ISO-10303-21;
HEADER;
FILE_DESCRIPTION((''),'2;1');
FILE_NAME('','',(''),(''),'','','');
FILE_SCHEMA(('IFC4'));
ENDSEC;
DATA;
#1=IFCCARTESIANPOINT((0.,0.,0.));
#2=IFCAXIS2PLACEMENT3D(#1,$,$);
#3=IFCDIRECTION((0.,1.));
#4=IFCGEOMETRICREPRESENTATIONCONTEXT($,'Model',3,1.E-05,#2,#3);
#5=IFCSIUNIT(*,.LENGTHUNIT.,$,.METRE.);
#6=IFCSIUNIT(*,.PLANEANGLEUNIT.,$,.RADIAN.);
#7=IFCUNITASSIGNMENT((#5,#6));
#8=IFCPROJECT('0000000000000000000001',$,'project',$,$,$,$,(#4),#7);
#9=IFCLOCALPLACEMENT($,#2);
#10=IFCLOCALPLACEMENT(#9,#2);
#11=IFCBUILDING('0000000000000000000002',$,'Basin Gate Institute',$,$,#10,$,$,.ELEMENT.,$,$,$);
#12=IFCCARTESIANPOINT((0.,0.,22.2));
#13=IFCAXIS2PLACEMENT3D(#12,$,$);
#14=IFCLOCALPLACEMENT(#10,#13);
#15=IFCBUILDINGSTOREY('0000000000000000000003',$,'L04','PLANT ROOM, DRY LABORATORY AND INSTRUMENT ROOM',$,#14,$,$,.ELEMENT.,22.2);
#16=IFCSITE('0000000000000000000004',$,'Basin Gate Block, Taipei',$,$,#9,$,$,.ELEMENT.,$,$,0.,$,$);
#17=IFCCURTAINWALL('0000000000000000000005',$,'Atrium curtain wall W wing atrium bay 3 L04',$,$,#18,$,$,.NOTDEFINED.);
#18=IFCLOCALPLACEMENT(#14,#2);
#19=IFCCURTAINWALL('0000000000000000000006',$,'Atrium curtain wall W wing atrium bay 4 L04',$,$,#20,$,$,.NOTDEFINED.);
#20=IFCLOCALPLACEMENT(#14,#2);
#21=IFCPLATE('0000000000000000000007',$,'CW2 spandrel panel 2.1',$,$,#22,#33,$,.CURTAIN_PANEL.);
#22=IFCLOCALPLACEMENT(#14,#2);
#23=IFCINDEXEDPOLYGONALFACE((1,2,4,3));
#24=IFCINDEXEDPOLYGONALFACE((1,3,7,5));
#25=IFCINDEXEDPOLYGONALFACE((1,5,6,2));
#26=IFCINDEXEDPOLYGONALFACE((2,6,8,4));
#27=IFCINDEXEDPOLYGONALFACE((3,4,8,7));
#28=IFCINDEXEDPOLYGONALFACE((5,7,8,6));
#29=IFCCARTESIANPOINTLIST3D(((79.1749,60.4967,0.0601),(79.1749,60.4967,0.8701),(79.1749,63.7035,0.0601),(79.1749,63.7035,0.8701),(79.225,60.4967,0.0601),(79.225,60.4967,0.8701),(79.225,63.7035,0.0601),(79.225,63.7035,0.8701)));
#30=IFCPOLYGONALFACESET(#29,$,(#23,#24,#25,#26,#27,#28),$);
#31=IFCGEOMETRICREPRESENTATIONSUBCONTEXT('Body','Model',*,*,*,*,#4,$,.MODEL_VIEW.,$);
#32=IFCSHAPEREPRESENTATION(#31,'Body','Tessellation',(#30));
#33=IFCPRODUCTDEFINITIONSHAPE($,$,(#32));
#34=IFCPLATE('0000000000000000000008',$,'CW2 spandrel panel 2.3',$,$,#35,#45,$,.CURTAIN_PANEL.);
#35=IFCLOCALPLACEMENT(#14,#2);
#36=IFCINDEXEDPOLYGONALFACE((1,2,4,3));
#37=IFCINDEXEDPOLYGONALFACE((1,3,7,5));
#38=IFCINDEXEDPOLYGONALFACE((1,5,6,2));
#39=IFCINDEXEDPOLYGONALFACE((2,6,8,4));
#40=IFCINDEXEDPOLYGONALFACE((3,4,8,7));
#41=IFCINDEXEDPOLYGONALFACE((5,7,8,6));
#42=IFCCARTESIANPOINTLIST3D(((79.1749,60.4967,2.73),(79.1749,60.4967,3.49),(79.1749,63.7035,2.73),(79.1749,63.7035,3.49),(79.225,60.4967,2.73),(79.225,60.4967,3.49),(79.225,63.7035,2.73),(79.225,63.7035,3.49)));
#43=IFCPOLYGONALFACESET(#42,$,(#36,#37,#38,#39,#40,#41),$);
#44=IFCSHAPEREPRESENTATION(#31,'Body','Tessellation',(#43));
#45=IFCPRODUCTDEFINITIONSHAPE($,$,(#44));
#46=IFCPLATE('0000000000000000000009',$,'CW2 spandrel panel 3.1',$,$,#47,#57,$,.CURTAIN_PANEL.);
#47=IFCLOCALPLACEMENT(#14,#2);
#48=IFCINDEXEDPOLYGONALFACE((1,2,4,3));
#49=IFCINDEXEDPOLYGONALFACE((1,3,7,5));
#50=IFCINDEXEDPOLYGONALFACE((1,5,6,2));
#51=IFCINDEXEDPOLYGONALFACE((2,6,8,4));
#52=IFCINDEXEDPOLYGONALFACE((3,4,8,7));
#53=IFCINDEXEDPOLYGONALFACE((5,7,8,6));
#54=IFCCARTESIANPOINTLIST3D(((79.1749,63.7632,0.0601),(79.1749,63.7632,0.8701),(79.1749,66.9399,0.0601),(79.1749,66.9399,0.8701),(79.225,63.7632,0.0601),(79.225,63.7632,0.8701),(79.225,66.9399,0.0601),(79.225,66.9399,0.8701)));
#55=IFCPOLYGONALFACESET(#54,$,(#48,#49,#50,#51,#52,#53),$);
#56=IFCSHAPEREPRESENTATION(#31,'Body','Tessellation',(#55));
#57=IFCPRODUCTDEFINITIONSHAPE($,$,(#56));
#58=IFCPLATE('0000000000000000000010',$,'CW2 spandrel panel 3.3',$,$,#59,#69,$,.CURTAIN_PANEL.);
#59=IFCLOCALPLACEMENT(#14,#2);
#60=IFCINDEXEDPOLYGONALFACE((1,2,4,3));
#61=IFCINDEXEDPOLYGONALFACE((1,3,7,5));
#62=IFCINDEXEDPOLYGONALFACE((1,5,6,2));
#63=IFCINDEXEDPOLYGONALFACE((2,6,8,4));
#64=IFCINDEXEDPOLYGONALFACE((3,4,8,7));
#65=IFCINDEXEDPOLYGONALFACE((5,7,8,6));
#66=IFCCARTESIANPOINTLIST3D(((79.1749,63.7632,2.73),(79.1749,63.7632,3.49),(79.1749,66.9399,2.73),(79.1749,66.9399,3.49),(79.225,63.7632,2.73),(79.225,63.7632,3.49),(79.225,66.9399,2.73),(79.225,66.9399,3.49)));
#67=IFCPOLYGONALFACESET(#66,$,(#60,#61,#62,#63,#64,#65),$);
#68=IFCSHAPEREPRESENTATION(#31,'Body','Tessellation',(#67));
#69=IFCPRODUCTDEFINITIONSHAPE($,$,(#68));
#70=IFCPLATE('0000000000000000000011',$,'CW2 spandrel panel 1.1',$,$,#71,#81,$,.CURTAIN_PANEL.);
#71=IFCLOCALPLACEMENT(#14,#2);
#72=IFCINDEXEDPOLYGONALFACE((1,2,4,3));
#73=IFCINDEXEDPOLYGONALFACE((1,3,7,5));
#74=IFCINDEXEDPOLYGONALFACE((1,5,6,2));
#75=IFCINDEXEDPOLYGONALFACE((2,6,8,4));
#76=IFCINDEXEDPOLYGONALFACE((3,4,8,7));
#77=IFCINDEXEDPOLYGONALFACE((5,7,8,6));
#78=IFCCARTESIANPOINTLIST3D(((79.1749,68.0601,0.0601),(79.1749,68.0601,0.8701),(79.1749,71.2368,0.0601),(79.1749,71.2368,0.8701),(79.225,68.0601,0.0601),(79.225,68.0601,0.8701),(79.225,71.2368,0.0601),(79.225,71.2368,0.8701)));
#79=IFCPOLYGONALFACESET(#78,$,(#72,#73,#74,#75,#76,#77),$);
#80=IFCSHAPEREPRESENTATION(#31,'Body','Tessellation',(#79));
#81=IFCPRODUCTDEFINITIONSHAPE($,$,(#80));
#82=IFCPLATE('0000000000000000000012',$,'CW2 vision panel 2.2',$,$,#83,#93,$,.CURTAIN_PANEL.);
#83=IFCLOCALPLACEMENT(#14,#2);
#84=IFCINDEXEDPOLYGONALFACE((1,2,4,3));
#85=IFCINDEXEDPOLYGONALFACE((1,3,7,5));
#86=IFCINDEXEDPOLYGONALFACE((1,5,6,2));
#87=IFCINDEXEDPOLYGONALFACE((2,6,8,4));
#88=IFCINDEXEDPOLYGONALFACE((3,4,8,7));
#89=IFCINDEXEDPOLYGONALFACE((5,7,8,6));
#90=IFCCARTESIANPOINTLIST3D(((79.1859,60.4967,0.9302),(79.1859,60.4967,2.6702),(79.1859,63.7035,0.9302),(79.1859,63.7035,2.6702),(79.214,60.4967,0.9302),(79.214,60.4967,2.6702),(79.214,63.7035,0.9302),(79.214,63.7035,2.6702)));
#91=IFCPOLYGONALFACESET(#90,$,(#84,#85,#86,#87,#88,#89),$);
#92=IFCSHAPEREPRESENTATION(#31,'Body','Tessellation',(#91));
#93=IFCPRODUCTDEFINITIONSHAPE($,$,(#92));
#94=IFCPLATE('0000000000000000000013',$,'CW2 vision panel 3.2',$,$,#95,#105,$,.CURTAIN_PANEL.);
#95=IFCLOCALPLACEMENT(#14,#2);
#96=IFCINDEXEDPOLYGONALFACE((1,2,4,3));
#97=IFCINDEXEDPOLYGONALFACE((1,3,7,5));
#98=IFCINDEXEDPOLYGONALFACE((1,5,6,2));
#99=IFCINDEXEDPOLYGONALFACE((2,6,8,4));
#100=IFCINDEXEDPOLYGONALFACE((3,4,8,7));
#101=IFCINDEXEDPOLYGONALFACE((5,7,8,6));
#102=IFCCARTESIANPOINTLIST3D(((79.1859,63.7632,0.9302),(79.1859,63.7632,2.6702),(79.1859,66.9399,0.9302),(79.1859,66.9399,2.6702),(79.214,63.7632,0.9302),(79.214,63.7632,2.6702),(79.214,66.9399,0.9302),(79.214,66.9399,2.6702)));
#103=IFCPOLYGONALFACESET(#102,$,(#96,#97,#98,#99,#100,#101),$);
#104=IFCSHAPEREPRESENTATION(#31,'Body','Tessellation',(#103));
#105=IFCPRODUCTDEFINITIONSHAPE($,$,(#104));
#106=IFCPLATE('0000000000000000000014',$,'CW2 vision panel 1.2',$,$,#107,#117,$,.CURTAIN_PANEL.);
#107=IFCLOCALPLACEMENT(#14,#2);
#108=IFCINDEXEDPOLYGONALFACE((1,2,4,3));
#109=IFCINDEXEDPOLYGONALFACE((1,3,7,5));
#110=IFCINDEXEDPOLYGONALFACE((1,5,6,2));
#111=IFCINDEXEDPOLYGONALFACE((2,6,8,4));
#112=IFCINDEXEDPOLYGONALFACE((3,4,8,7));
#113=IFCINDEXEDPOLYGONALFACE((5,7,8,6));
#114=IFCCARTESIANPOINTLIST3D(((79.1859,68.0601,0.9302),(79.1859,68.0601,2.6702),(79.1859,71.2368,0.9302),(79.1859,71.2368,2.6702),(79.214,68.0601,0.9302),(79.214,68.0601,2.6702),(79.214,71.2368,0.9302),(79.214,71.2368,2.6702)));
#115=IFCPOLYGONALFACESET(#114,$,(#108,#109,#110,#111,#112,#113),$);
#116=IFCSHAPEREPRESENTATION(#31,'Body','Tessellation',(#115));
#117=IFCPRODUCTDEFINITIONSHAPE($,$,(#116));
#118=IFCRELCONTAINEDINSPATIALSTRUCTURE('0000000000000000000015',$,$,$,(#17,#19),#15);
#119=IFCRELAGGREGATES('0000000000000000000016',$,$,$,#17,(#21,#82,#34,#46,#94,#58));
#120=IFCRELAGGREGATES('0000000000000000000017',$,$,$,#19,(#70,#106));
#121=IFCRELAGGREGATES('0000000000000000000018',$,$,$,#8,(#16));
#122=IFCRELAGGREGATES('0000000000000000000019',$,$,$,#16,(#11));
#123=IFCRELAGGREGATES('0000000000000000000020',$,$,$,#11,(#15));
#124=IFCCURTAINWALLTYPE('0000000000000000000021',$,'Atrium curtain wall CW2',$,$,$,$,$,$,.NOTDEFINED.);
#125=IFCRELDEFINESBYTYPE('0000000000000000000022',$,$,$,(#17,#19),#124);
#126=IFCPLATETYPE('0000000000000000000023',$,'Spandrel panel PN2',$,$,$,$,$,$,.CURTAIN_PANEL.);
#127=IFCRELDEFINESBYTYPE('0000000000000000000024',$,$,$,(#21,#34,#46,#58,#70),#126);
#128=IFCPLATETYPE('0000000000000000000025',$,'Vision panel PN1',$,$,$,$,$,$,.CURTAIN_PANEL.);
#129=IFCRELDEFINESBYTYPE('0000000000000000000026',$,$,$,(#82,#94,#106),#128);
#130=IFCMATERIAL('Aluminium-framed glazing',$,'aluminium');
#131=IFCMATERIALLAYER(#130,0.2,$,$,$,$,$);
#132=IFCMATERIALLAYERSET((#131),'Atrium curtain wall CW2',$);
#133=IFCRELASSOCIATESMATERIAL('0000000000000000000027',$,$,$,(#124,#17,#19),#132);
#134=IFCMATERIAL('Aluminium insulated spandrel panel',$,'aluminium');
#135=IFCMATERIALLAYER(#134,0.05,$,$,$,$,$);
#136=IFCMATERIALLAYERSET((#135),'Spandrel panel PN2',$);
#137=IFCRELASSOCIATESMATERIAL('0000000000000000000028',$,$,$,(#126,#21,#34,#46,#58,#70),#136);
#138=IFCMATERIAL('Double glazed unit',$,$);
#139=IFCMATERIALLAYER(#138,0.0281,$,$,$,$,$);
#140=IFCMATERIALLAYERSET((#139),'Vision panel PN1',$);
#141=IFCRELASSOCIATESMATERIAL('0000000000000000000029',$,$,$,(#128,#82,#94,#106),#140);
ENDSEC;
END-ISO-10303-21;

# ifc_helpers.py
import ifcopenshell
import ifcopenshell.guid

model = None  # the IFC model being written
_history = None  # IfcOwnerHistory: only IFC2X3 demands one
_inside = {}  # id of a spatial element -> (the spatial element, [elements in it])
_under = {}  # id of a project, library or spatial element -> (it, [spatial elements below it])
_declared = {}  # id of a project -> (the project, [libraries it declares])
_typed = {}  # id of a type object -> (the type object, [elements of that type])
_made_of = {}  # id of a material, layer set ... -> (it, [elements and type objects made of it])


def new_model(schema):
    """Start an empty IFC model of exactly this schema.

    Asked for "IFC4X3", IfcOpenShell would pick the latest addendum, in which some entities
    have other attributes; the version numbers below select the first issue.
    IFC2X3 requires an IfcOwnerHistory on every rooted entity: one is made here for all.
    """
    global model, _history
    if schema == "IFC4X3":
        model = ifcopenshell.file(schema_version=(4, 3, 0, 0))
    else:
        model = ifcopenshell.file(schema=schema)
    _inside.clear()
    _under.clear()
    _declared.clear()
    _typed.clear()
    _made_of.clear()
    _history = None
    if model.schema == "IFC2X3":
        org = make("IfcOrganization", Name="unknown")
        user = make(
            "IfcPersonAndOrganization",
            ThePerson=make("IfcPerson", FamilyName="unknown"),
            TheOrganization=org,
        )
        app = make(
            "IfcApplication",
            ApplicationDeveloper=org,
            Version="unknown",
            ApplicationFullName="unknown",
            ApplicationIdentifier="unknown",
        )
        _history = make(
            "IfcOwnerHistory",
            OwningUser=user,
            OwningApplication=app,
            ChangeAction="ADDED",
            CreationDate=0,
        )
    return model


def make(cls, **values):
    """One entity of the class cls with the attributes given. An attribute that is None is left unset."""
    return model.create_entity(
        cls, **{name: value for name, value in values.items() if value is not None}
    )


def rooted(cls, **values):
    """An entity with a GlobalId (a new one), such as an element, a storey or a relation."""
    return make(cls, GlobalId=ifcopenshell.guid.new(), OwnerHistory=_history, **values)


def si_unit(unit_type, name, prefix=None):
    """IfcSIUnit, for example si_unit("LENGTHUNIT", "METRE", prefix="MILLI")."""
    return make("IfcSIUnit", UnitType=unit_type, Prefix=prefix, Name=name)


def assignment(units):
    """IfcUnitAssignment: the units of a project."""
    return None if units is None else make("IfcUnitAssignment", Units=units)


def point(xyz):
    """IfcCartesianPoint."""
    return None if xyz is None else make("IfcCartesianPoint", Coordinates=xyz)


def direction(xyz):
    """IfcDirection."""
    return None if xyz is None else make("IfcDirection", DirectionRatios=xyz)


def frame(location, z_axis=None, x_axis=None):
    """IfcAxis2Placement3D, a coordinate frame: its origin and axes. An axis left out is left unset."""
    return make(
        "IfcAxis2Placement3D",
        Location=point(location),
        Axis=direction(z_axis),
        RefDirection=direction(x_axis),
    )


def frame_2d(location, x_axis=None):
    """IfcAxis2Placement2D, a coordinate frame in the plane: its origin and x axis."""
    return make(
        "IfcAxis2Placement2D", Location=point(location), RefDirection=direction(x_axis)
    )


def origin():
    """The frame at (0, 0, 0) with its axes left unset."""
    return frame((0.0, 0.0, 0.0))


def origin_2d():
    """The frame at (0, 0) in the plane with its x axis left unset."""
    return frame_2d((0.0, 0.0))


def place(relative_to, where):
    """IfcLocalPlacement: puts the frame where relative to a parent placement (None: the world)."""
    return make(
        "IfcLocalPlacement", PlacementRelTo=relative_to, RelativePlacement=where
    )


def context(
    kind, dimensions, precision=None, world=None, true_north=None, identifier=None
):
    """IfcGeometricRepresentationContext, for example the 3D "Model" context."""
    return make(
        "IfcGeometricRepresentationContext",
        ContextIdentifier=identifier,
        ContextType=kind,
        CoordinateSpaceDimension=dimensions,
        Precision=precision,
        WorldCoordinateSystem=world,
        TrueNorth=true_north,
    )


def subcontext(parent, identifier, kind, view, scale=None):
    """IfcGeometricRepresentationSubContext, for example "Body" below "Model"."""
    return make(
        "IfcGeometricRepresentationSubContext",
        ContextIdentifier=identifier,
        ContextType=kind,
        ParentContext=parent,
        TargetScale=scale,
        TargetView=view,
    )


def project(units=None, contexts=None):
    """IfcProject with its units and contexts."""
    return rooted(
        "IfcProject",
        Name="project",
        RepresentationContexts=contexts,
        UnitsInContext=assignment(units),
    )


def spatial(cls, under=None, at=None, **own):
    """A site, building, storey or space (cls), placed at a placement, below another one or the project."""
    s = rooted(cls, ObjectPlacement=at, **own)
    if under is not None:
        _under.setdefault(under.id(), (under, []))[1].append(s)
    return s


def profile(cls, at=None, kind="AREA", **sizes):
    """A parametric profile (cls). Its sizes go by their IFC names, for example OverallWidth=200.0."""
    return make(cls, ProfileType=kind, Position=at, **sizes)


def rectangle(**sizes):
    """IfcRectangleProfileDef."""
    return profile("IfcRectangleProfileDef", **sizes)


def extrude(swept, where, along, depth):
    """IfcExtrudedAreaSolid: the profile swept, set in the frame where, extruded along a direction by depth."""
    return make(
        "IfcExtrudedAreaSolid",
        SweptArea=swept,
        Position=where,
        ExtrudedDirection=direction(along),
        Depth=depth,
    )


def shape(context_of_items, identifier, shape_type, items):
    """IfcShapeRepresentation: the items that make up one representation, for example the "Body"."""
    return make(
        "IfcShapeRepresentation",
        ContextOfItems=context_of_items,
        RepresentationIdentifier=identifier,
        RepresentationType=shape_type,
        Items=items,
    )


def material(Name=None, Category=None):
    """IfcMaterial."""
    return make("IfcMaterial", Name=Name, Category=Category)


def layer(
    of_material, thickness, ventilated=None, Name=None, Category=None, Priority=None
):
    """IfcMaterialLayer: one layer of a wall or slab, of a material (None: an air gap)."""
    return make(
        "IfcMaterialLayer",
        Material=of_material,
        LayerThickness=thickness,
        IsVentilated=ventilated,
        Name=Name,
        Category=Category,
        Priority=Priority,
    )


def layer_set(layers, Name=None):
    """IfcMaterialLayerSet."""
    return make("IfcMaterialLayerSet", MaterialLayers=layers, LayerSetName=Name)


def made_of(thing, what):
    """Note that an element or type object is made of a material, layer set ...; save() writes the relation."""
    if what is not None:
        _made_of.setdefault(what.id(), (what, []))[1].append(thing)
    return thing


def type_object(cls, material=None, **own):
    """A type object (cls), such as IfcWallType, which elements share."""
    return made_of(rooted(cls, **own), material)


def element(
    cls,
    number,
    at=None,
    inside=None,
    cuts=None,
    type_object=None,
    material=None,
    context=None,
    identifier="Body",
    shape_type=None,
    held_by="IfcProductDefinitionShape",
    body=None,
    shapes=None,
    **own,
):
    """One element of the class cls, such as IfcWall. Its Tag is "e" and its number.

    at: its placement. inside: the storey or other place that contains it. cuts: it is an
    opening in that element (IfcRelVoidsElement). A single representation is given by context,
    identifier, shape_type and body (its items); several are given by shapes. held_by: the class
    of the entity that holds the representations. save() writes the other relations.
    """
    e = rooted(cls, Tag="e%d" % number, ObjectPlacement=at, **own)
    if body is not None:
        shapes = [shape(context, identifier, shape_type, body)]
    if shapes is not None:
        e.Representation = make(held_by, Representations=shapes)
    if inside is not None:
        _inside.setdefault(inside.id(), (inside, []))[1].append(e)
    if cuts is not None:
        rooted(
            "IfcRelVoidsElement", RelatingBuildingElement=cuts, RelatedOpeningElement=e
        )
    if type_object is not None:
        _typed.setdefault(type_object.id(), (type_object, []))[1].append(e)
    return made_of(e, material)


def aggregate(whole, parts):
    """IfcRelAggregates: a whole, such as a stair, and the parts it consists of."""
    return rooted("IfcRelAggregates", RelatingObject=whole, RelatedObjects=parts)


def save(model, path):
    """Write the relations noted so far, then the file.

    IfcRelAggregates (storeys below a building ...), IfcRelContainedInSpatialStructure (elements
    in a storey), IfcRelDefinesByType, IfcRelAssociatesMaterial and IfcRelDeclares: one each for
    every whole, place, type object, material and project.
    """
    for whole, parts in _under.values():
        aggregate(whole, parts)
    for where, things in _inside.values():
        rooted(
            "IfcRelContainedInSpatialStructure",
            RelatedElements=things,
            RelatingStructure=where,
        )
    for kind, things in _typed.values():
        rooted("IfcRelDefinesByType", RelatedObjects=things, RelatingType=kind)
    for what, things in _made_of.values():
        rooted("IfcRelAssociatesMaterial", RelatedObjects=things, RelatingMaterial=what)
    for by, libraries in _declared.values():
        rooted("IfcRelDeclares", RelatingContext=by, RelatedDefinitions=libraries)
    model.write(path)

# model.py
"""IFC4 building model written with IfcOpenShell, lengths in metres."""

from ifc_helpers import new_model, si_unit, direction, frame, origin, origin_2d, place, context, subcontext, project, spatial, rectangle, extrude, material, layer, layer_set, type_object, element, aggregate, save


model = new_model("IFC4")

# Units and contexts
model_context = context("Model", 3, precision=1e-05, world=origin(), true_north=direction((0.0, 1.0)))
body_context = subcontext(model_context, "Body", "Model", "MODEL_VIEW")
ifc_project = project(units=[si_unit("LENGTHUNIT", "METRE"), si_unit("PLANEANGLEUNIT", "RADIAN")], contexts=[model_context])

# Site, building, storey
site_placement = place(None, origin())
site = spatial("IfcSite", under=ifc_project, at=site_placement, Name="Basin Gate Block, Taipei", CompositionType="ELEMENT", RefElevation=0.0)
building_placement = place(site_placement, origin())
building = spatial("IfcBuilding", under=site, at=building_placement, Name="Basin Gate Institute", CompositionType="ELEMENT")
storey_placement = place(building_placement, frame((0.0, 0.0, 22.2)))
storey = spatial("IfcBuildingStorey", under=building, at=storey_placement, Name="L04", Description="PLANT ROOM, DRY LABORATORY AND INSTRUMENT ROOM", CompositionType="ELEMENT", Elevation=22.2)

# Curtain wall
ifc_material_1 = material(Name="Aluminium-framed glazing", Category="aluminium")
ifc_layer_1 = layer(ifc_material_1, 0.2)
ifc_layer_set_1 = layer_set([ifc_layer_1], Name="Atrium curtain wall CW2")
curtain_wall_type = type_object("IfcCurtainWallType", Name="Atrium curtain wall CW2", PredefinedType="NOTDEFINED", material=ifc_layer_set_1)
curtain_wall_1_placement = place(storey_placement, origin())
curtain_wall_1 = element("IfcCurtainWall", 1, at=curtain_wall_1_placement, inside=storey, type_object=curtain_wall_type, material=ifc_layer_set_1, Name="Atrium curtain wall W wing atrium bay 3 L04", PredefinedType="NOTDEFINED")

# Curtain wall
curtain_wall_2_placement = place(storey_placement, origin())
curtain_wall_2 = element("IfcCurtainWall", 2, at=curtain_wall_2_placement, inside=storey, type_object=curtain_wall_type, material=ifc_layer_set_1, Name="Atrium curtain wall W wing atrium bay 4 L04", PredefinedType="NOTDEFINED")

# Plates
ifc_material_2 = material(Name="Aluminium insulated spandrel panel", Category="aluminium")
ifc_layer_2 = layer(ifc_material_2, 0.05)
ifc_layer_set_2 = layer_set([ifc_layer_2], Name="Spandrel panel PN2")
plate_type_1 = type_object("IfcPlateType", Name="Spandrel panel PN2", PredefinedType="CURTAIN_PANEL", material=ifc_layer_set_2)
plate_1_placement = place(storey_placement, frame((79.2, 62.1001, 0.0601), z_axis=(0.0, 0.0, 1.0), x_axis=(0.0, 1.0, 0.0)))
plate_1 = element("IfcPlate", 3, at=plate_1_placement, type_object=plate_type_1, material=ifc_layer_set_2, Name="CW2 spandrel panel 2.1", PredefinedType="CURTAIN_PANEL", context=body_context, shape_type="SweptSolid", body=[
    extrude(rectangle(XDim=3.2068, YDim=0.05, at=origin_2d()), origin(), (0.0, 0.0, 1.0), 0.8101),
])
plate_2_placement = place(storey_placement, frame((79.2, 62.1001, 2.73), z_axis=(0.0, 0.0, 1.0), x_axis=(0.0, 1.0, 0.0)))
plate_2 = element("IfcPlate", 4, at=plate_2_placement, type_object=plate_type_1, material=ifc_layer_set_2, Name="CW2 spandrel panel 2.3", PredefinedType="CURTAIN_PANEL", context=body_context, shape_type="SweptSolid", body=[
    extrude(rectangle(XDim=3.2068, YDim=0.05, at=origin_2d()), origin(), (0.0, 0.0, 1.0), 0.76),
])
plate_3_placement = place(storey_placement, frame((79.2, 65.3516, 0.0601), z_axis=(0.0, 0.0, 1.0), x_axis=(0.0, 1.0, 0.0)))
plate_3 = element("IfcPlate", 5, at=plate_3_placement, type_object=plate_type_1, material=ifc_layer_set_2, Name="CW2 spandrel panel 3.1", PredefinedType="CURTAIN_PANEL", context=body_context, shape_type="SweptSolid", body=[
    extrude(rectangle(XDim=3.1768, YDim=0.05, at=origin_2d()), origin(), (0.0, 0.0, 1.0), 0.8101),
])
plate_4_placement = place(storey_placement, frame((79.2, 65.3516, 2.73), z_axis=(0.0, 0.0, 1.0), x_axis=(0.0, 1.0, 0.0)))
plate_4 = element("IfcPlate", 6, at=plate_4_placement, type_object=plate_type_1, material=ifc_layer_set_2, Name="CW2 spandrel panel 3.3", PredefinedType="CURTAIN_PANEL", context=body_context, shape_type="SweptSolid", body=[
    extrude(rectangle(XDim=3.1768, YDim=0.05, at=origin_2d()), origin(), (0.0, 0.0, 1.0), 0.76),
])
plate_5_placement = place(storey_placement, frame((79.2, 69.6484, 0.0601), z_axis=(0.0, 0.0, 1.0), x_axis=(0.0, 1.0, 0.0)))
plate_5 = element("IfcPlate", 7, at=plate_5_placement, type_object=plate_type_1, material=ifc_layer_set_2, Name="CW2 spandrel panel 1.1", PredefinedType="CURTAIN_PANEL", context=body_context, shape_type="SweptSolid", body=[
    extrude(rectangle(XDim=3.1768, YDim=0.05, at=origin_2d()), origin(), (0.0, 0.0, 1.0), 0.8101),
])
ifc_material_3 = material(Name="Double glazed unit")
ifc_layer_3 = layer(ifc_material_3, 0.0281)
ifc_layer_set_3 = layer_set([ifc_layer_3], Name="Vision panel PN1")
plate_type_2 = type_object("IfcPlateType", Name="Vision panel PN1", PredefinedType="CURTAIN_PANEL", material=ifc_layer_set_3)
plate_6_placement = place(storey_placement, frame((79.2, 62.1001, 0.9302), z_axis=(0.0, 0.0, 1.0), x_axis=(0.0, 1.0, 0.0)))
plate_6 = element("IfcPlate", 8, at=plate_6_placement, type_object=plate_type_2, material=ifc_layer_set_3, Name="CW2 vision panel 2.2", PredefinedType="CURTAIN_PANEL", context=body_context, shape_type="SweptSolid", body=[
    extrude(rectangle(XDim=3.2068, YDim=0.0281, at=origin_2d()), origin(), (0.0, 0.0, 1.0), 1.74),
])
plate_7_placement = place(storey_placement, frame((79.2, 65.3516, 0.9302), z_axis=(0.0, 0.0, 1.0), x_axis=(0.0, 1.0, 0.0)))
plate_7 = element("IfcPlate", 9, at=plate_7_placement, type_object=plate_type_2, material=ifc_layer_set_3, Name="CW2 vision panel 3.2", PredefinedType="CURTAIN_PANEL", context=body_context, shape_type="SweptSolid", body=[
    extrude(rectangle(XDim=3.1768, YDim=0.0281, at=origin_2d()), origin(), (0.0, 0.0, 1.0), 1.74),
])
aggregate(curtain_wall_1, [plate_1, plate_6, plate_2, plate_3, plate_7, plate_4])
plate_8_placement = place(storey_placement, frame((79.2, 69.6484, 0.9302), z_axis=(0.0, 0.0, 1.0), x_axis=(0.0, 1.0, 0.0)))
plate_8 = element("IfcPlate", 10, at=plate_8_placement, type_object=plate_type_2, material=ifc_layer_set_3, Name="CW2 vision panel 1.2", PredefinedType="CURTAIN_PANEL", context=body_context, shape_type="SweptSolid", body=[
    extrude(rectangle(XDim=3.1768, YDim=0.0281, at=origin_2d()), origin(), (0.0, 0.0, 1.0), 1.74),
])
aggregate(curtain_wall_2, [plate_5, plate_8])

save(model, "model.ifc")
